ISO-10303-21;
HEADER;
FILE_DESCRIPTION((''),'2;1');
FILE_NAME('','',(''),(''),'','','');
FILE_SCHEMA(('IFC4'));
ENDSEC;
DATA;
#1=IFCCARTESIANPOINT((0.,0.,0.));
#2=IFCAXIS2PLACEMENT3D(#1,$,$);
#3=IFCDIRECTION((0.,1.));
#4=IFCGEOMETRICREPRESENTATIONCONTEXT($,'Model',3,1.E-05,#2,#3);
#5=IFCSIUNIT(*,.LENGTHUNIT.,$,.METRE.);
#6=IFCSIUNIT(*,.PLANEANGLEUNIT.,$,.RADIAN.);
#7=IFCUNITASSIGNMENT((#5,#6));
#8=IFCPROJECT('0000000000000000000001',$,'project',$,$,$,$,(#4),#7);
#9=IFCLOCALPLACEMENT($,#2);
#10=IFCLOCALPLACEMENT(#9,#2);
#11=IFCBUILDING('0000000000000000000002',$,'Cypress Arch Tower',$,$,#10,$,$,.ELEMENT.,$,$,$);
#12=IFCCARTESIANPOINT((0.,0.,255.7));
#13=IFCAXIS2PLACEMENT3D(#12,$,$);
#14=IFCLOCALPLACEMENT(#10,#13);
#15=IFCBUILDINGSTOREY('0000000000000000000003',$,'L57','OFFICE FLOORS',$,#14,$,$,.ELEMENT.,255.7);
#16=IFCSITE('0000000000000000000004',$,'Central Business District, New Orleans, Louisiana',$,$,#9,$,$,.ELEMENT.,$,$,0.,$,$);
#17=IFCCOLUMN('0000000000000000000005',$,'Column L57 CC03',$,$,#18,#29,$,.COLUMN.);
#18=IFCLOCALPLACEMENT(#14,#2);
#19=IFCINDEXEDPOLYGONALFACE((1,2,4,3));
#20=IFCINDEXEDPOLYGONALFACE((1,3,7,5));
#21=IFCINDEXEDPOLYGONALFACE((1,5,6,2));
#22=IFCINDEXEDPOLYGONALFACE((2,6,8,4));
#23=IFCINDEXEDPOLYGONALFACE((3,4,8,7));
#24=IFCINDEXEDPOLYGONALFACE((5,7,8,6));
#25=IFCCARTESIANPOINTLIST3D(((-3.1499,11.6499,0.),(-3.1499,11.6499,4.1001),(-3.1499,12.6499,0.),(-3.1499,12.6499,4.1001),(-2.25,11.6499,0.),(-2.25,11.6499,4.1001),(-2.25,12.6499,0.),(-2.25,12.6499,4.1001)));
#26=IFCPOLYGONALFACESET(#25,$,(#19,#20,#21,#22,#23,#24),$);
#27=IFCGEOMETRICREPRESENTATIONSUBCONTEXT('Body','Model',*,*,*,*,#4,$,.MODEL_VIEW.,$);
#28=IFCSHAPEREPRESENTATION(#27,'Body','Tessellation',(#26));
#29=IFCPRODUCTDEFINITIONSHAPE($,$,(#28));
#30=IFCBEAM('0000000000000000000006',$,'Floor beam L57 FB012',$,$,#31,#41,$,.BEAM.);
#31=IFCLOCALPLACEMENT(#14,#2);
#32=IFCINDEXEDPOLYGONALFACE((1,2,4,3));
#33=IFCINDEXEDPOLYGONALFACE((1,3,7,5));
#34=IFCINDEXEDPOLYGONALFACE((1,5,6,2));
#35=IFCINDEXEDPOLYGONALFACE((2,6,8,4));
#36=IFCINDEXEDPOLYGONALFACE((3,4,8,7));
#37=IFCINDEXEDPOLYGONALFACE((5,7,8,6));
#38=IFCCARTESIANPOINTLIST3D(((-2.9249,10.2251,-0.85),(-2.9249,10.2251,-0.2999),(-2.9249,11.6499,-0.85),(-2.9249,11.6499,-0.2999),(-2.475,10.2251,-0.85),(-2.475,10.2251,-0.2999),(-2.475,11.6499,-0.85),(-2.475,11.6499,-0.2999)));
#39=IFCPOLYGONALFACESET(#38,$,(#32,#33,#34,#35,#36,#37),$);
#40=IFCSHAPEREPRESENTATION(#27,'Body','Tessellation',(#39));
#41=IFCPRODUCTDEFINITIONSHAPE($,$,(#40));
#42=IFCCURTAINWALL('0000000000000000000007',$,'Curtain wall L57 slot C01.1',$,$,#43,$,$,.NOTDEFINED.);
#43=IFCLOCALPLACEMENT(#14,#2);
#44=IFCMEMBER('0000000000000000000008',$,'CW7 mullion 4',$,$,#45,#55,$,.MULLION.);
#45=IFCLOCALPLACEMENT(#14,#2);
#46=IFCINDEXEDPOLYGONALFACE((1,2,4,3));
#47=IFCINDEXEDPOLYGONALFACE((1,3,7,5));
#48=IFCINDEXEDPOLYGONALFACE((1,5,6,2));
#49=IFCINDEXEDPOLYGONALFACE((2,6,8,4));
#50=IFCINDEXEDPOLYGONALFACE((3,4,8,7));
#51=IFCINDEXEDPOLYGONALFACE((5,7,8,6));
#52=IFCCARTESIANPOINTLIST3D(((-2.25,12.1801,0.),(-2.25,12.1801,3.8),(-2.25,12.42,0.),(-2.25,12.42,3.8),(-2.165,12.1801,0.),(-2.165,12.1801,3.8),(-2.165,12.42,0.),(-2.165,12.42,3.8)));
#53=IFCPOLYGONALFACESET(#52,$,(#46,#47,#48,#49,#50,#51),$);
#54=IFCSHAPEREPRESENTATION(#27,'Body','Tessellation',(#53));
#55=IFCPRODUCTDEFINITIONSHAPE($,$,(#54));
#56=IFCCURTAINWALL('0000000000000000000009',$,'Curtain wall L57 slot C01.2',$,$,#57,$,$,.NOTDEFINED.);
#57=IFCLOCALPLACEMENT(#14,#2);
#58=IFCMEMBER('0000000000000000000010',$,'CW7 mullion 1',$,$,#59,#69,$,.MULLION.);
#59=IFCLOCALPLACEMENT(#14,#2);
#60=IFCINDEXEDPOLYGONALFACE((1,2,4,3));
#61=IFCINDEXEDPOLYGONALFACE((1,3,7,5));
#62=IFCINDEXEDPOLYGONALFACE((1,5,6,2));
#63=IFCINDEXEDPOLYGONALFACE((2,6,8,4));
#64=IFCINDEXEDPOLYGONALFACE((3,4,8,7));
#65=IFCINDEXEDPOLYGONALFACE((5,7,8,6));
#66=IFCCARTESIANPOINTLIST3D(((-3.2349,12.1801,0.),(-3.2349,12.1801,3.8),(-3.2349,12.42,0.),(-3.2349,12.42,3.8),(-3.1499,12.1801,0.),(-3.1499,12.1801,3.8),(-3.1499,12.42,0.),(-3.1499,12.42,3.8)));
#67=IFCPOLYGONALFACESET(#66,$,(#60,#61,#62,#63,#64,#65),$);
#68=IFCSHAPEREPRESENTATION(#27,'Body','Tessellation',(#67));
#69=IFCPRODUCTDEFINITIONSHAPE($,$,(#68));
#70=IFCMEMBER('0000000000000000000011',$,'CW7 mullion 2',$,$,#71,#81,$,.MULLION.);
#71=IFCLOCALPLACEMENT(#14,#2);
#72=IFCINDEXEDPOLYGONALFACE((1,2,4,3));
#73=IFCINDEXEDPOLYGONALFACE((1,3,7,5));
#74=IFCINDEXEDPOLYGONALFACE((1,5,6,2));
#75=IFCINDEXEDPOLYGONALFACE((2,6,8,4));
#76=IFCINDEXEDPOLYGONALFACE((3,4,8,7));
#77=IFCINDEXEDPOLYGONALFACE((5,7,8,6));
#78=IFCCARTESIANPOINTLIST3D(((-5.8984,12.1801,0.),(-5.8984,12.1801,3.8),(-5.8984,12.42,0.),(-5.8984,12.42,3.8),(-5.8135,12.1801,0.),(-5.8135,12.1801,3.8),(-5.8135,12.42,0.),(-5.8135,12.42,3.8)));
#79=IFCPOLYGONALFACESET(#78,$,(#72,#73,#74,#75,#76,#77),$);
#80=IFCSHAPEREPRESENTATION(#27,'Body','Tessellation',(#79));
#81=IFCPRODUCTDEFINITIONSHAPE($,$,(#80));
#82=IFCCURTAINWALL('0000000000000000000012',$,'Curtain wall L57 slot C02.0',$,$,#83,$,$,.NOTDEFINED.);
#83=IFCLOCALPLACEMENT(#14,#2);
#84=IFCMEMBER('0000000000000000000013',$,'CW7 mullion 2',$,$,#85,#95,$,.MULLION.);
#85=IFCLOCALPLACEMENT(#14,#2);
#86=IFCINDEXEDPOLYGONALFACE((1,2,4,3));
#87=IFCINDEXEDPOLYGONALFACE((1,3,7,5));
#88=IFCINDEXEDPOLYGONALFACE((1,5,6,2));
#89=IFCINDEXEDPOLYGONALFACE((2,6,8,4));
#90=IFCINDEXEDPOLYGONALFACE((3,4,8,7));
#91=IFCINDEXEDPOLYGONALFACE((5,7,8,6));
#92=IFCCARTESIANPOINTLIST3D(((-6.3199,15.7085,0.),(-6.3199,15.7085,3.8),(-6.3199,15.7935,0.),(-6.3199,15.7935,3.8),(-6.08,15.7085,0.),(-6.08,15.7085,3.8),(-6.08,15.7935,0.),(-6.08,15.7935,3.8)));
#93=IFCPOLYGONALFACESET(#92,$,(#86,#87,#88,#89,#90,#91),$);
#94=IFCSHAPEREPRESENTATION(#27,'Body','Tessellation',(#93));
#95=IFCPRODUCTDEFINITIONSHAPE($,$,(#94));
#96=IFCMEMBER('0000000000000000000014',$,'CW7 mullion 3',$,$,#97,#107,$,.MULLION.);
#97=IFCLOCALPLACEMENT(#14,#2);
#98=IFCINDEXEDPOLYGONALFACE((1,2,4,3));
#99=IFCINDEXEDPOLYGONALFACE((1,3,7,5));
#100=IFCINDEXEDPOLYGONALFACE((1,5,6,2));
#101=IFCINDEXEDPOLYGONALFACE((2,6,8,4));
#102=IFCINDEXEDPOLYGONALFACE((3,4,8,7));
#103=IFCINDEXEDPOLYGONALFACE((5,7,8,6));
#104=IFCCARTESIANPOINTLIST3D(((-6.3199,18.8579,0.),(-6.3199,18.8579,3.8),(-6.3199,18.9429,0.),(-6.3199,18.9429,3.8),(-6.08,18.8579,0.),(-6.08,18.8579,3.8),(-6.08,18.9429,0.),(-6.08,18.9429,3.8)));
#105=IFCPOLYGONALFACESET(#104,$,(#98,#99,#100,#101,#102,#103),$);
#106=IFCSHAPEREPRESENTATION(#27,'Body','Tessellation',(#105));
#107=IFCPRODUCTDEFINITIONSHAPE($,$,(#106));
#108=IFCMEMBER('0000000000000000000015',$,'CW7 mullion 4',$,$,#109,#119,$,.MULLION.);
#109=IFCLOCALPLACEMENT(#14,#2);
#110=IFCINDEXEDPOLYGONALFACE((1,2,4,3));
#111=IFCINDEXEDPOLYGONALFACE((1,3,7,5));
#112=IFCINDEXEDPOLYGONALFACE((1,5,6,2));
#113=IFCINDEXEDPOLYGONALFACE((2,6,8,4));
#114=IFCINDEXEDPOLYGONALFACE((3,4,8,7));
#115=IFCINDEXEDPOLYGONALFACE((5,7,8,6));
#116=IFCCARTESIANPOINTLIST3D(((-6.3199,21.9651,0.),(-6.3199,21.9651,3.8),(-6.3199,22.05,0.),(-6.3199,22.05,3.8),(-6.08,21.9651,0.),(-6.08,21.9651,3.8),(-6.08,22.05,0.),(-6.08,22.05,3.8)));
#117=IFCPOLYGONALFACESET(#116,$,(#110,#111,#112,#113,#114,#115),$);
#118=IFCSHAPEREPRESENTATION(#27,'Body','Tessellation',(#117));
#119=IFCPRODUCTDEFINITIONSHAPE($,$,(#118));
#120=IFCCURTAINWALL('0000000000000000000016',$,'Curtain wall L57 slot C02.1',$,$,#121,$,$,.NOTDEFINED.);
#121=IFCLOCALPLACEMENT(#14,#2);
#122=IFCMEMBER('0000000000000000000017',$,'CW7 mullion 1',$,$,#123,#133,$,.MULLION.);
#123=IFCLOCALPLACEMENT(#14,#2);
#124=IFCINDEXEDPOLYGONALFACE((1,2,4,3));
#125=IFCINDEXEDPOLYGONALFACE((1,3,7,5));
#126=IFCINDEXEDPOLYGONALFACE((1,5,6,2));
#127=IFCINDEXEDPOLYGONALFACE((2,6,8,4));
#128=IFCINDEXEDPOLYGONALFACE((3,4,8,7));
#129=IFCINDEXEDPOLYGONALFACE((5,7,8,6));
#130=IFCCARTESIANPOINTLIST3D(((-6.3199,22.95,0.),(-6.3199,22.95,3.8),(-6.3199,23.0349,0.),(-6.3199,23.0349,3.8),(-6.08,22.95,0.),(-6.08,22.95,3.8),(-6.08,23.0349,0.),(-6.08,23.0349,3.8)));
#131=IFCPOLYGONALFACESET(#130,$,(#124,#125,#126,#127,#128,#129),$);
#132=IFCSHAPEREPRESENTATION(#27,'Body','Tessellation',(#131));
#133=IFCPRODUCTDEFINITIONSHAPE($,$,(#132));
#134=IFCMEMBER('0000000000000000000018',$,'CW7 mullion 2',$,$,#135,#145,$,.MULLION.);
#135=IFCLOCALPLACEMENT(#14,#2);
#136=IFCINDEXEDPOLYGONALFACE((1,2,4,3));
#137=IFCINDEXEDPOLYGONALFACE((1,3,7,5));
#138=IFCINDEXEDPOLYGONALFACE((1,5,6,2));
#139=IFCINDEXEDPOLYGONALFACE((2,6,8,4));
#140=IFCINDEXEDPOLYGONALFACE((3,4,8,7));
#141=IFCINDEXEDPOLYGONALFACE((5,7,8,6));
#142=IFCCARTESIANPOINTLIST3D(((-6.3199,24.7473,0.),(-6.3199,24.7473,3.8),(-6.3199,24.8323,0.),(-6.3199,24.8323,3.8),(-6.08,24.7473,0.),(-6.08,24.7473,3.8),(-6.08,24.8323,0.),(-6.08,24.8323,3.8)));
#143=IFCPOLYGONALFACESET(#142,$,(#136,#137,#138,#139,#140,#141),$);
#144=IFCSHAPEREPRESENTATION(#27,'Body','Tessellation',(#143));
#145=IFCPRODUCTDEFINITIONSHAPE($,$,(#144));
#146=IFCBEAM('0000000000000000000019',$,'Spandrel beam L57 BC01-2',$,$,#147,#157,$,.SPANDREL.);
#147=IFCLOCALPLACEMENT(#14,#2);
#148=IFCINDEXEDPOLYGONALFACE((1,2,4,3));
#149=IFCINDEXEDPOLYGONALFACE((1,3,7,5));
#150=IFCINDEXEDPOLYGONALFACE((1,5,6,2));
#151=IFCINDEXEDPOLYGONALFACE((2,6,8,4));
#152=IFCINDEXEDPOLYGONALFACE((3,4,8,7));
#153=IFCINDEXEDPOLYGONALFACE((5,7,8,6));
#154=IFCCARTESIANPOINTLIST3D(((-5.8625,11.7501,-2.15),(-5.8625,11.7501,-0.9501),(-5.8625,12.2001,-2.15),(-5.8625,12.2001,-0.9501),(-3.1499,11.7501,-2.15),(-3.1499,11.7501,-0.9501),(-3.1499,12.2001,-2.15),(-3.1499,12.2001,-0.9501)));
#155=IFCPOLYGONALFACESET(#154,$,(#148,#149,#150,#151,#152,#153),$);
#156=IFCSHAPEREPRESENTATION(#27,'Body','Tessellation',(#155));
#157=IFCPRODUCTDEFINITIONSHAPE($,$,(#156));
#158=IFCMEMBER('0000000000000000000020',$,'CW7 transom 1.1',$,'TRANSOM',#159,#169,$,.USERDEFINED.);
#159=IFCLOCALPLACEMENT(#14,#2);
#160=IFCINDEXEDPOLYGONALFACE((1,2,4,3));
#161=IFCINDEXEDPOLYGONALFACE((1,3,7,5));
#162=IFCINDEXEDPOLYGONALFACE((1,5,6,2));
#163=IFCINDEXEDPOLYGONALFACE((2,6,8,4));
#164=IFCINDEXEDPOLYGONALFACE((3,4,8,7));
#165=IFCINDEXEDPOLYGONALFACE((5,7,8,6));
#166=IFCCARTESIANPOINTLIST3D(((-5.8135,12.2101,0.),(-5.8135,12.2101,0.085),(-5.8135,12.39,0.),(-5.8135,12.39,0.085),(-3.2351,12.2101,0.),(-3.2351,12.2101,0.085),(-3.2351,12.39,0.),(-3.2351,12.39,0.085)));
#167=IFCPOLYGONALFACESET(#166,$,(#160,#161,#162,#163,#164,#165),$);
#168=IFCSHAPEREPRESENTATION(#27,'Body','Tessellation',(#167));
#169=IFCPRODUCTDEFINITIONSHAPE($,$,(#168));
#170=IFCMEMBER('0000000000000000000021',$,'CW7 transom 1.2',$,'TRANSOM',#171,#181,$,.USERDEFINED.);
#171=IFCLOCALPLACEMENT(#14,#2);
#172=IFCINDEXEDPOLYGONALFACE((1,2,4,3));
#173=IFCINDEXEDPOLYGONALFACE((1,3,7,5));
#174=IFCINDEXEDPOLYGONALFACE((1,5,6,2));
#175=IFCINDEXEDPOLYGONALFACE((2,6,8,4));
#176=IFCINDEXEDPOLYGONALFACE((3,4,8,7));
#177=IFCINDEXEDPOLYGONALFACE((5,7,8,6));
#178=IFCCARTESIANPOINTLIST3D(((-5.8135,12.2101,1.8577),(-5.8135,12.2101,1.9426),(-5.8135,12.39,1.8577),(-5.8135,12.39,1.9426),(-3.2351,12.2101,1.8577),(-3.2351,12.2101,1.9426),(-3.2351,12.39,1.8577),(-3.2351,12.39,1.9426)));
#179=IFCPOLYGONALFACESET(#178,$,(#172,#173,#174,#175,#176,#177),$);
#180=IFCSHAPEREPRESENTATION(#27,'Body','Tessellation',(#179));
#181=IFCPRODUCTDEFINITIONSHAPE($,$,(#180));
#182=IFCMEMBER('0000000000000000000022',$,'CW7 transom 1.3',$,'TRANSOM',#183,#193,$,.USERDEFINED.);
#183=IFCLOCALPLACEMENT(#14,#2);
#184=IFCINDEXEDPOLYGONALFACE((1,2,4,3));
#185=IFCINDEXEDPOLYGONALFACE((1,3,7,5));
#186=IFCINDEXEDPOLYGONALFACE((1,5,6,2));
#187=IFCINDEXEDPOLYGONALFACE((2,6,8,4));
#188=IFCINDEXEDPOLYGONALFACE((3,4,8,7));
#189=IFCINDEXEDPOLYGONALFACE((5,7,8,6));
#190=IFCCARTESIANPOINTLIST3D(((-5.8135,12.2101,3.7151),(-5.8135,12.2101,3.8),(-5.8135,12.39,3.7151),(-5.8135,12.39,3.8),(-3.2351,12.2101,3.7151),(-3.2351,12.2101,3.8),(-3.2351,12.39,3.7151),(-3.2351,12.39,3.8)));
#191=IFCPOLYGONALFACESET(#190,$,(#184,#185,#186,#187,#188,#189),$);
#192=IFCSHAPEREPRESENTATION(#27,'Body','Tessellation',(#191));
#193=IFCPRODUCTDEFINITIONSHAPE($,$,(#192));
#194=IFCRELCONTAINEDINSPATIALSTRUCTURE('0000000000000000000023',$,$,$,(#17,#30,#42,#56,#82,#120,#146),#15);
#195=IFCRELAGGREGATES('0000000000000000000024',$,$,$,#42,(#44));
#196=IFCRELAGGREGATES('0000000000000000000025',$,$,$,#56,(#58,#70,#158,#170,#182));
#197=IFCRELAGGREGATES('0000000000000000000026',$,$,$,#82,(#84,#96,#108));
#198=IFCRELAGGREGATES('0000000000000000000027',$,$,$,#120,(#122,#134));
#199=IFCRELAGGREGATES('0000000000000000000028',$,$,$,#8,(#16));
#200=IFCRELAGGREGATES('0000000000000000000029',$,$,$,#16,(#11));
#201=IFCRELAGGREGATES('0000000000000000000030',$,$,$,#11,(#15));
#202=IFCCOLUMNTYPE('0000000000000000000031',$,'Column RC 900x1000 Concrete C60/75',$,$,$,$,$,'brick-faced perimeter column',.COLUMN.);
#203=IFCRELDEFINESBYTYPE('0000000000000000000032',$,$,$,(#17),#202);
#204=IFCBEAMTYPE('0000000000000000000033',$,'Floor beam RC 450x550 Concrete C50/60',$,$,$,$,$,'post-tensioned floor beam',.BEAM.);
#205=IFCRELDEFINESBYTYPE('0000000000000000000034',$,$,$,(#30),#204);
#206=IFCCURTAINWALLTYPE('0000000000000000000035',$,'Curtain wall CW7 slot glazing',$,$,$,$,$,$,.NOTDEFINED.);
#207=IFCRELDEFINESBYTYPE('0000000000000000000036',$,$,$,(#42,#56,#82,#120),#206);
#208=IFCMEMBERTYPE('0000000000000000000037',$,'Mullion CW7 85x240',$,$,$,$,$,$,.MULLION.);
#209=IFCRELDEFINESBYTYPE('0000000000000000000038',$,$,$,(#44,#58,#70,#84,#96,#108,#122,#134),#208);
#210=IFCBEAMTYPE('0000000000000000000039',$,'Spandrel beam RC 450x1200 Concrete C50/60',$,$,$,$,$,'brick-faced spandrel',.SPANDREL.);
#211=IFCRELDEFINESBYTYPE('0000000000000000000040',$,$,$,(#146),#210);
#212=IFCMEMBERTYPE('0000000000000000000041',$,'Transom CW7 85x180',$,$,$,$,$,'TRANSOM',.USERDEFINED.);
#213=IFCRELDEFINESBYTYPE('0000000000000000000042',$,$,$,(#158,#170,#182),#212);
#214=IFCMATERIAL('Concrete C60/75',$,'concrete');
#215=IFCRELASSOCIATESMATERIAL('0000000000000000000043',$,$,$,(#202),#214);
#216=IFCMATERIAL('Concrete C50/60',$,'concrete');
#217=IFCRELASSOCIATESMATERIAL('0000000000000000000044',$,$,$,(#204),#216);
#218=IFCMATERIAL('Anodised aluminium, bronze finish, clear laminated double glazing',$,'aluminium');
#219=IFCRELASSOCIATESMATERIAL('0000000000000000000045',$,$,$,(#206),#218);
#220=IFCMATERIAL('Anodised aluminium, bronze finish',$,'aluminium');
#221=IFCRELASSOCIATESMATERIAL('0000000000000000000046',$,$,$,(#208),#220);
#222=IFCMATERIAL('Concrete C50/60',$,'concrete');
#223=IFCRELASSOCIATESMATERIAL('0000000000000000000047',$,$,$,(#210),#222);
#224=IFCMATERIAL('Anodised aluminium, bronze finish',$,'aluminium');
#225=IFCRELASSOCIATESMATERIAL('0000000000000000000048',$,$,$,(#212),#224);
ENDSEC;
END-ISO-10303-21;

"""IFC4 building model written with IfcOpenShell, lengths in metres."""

from ifc_helpers import new_model, si_unit, direction, frame, origin, origin_2d, place, context, subcontext, project, spatial, rectangle, extrude, material, material_profile, profile_set, type_object, element, aggregate, save


model = new_model("IFC4")

# Units and contexts
model_context = context("Model", 3, precision=1e-05, world=origin(), true_north=direction((0.0, 1.0)))
body_context = subcontext(model_context, "Body", "Model", "MODEL_VIEW")
ifc_project = project(units=[si_unit("LENGTHUNIT", "METRE"), si_unit("PLANEANGLEUNIT", "RADIAN")], contexts=[model_context])

# Site, building, storey
site_placement = place(None, origin())
site = spatial("IfcSite", under=ifc_project, at=site_placement, Name="Central Business District, New Orleans, Louisiana", CompositionType="ELEMENT", RefElevation=0.0)
building_placement = place(site_placement, origin())
building = spatial("IfcBuilding", under=site, at=building_placement, Name="Cypress Arch Tower", CompositionType="ELEMENT")
storey_placement = place(building_placement, frame((0.0, 0.0, 255.7)))
storey = spatial("IfcBuildingStorey", under=building, at=storey_placement, Name="L57", Description="OFFICE FLOORS", CompositionType="ELEMENT", Elevation=255.7)

# Column
ifc_material_1 = material(Name="Concrete C60/75", Category="concrete")
ifc_material_profile_1 = material_profile(ifc_material_1, rectangle(XDim=0.8999, YDim=1.0, at=origin_2d()), Name="RC 900x1000")
ifc_profile_set_1 = profile_set([ifc_material_profile_1], Name="Concrete C60/75")
column_type = type_object("IfcColumnType", Name="Column RC 900x1000 Concrete C60/75", ElementType="brick-faced perimeter column", PredefinedType="COLUMN", material=ifc_profile_set_1)
column_placement = place(storey_placement, frame((-2.7, 12.1499, 0.0), z_axis=(0.0, 0.0, 1.0), x_axis=(-1.0, 0.0, 0.0)))
element("IfcColumn", 1, at=column_placement, inside=storey, type_object=column_type, Name="Column L57 CC03", PredefinedType="COLUMN", context=body_context, shape_type="SweptSolid", body=[
    extrude(rectangle(XDim=0.8999, YDim=1.0, at=origin_2d()), origin(), (0.0, 0.0, 1.0), 4.1001),
])

# Beam
ifc_material_2 = material(Name="Concrete C50/60", Category="concrete")
ifc_material_profile_2 = material_profile(ifc_material_2, rectangle(XDim=0.45, YDim=0.55, at=origin_2d()), Name="RC 450x550")
ifc_profile_set_2 = profile_set([ifc_material_profile_2], Name="Concrete C50/60")
beam_type_1 = type_object("IfcBeamType", Name="Floor beam RC 450x550 Concrete C50/60", ElementType="post-tensioned floor beam", PredefinedType="BEAM", material=ifc_profile_set_2)
beam_1_placement = place(storey_placement, frame((-2.7, 10.2251, -0.575), z_axis=(0.0, 1.0, 0.0), x_axis=(-1.0, 0.0, 0.0)))
element("IfcBeam", 2, at=beam_1_placement, inside=storey, type_object=beam_type_1, Name="Floor beam L57 FB012", PredefinedType="BEAM", context=body_context, shape_type="SweptSolid", body=[
    extrude(rectangle(XDim=0.45, YDim=0.55, at=origin_2d()), origin(), (0.0, 0.0, 1.0), 1.4248),
])

# Curtain wall, member
ifc_material_3 = material(Name="Anodised aluminium, bronze finish, clear laminated double glazing", Category="aluminium")
curtain_wall_type = type_object("IfcCurtainWallType", Name="Curtain wall CW7 slot glazing", PredefinedType="NOTDEFINED", material=ifc_material_3)
curtain_wall_1_placement = place(storey_placement, origin())
curtain_wall_1 = element("IfcCurtainWall", 3, at=curtain_wall_1_placement, inside=storey, type_object=curtain_wall_type, Name="Curtain wall L57 slot C01.1", PredefinedType="NOTDEFINED")
ifc_material_4 = material(Name="Anodised aluminium, bronze finish", Category="aluminium")
ifc_material_profile_3 = material_profile(ifc_material_4, rectangle(XDim=0.24, YDim=0.085, at=origin_2d()), Name="Mullion 85x240")
ifc_profile_set_3 = profile_set([ifc_material_profile_3], Name="Anodised aluminium, bronze finish")
member_type_1 = type_object("IfcMemberType", Name="Mullion CW7 85x240", PredefinedType="MULLION", material=ifc_profile_set_3)
member_1_placement = place(storey_placement, frame((-2.2075, 12.3, 0.0), z_axis=(0.0, 0.0, 1.0), x_axis=(0.0, -1.0, 0.0)))
member_1 = element("IfcMember", 4, at=member_1_placement, type_object=member_type_1, Name="CW7 mullion 4", PredefinedType="MULLION", context=body_context, shape_type="SweptSolid", body=[
    extrude(rectangle(XDim=0.24, YDim=0.085, at=origin_2d()), origin(), (0.0, 0.0, 1.0), 3.8),
])

# Curtain walls, members
curtain_wall_2_placement = place(storey_placement, origin())
curtain_wall_2 = element("IfcCurtainWall", 5, at=curtain_wall_2_placement, inside=storey, type_object=curtain_wall_type, Name="Curtain wall L57 slot C01.2", PredefinedType="NOTDEFINED")
member_2_placement = place(storey_placement, frame((-3.1924, 12.3, 0.0), z_axis=(0.0, 0.0, 1.0), x_axis=(0.0, -1.0, 0.0)))
member_2 = element("IfcMember", 6, at=member_2_placement, type_object=member_type_1, Name="CW7 mullion 1", PredefinedType="MULLION", context=body_context, shape_type="SweptSolid", body=[
    extrude(rectangle(XDim=0.24, YDim=0.085, at=origin_2d()), origin(), (0.0, 0.0, 1.0), 3.8),
])
member_3_placement = place(storey_placement, frame((-5.856, 12.3, 0.0), z_axis=(0.0, 0.0, 1.0), x_axis=(0.0, -1.0, 0.0)))
member_3 = element("IfcMember", 7, at=member_3_placement, type_object=member_type_1, Name="CW7 mullion 2", PredefinedType="MULLION", context=body_context, shape_type="SweptSolid", body=[
    extrude(rectangle(XDim=0.24, YDim=0.085, at=origin_2d()), origin(), (0.0, 0.0, 1.0), 3.8),
])
curtain_wall_3_placement = place(storey_placement, origin())
curtain_wall_3 = element("IfcCurtainWall", 8, at=curtain_wall_3_placement, inside=storey, type_object=curtain_wall_type, Name="Curtain wall L57 slot C02.0", PredefinedType="NOTDEFINED")
member_4_placement = place(storey_placement, frame((-6.2, 15.751, 0.0), z_axis=(0.0, 0.0, 1.0), x_axis=(-1.0, 0.0, 0.0)))
member_4 = element("IfcMember", 9, at=member_4_placement, type_object=member_type_1, Name="CW7 mullion 2", PredefinedType="MULLION", context=body_context, shape_type="SweptSolid", body=[
    extrude(rectangle(XDim=0.24, YDim=0.085, at=origin_2d()), origin(), (0.0, 0.0, 1.0), 3.8),
])
member_5_placement = place(storey_placement, frame((-6.2, 18.9004, 0.0), z_axis=(0.0, 0.0, 1.0), x_axis=(-1.0, 0.0, 0.0)))
member_5 = element("IfcMember", 10, at=member_5_placement, type_object=member_type_1, Name="CW7 mullion 3", PredefinedType="MULLION", context=body_context, shape_type="SweptSolid", body=[
    extrude(rectangle(XDim=0.24, YDim=0.085, at=origin_2d()), origin(), (0.0, 0.0, 1.0), 3.8),
])
member_6_placement = place(storey_placement, frame((-6.2, 22.0076, 0.0), z_axis=(0.0, 0.0, 1.0), x_axis=(-1.0, 0.0, 0.0)))
member_6 = element("IfcMember", 11, at=member_6_placement, type_object=member_type_1, Name="CW7 mullion 4", PredefinedType="MULLION", context=body_context, shape_type="SweptSolid", body=[
    extrude(rectangle(XDim=0.24, YDim=0.085, at=origin_2d()), origin(), (0.0, 0.0, 1.0), 3.8),
])
curtain_wall_4_placement = place(storey_placement, origin())
curtain_wall_4 = element("IfcCurtainWall", 12, at=curtain_wall_4_placement, inside=storey, type_object=curtain_wall_type, Name="Curtain wall L57 slot C02.1", PredefinedType="NOTDEFINED")
member_7_placement = place(storey_placement, frame((-6.2, 22.9924, 0.0), z_axis=(0.0, 0.0, 1.0), x_axis=(-1.0, 0.0, 0.0)))
member_7 = element("IfcMember", 13, at=member_7_placement, type_object=member_type_1, Name="CW7 mullion 1", PredefinedType="MULLION", context=body_context, shape_type="SweptSolid", body=[
    extrude(rectangle(XDim=0.24, YDim=0.085, at=origin_2d()), origin(), (0.0, 0.0, 1.0), 3.8),
])
member_8_placement = place(storey_placement, frame((-6.2, 24.7898, 0.0), z_axis=(0.0, 0.0, 1.0), x_axis=(-1.0, 0.0, 0.0)))
member_8 = element("IfcMember", 14, at=member_8_placement, type_object=member_type_1, Name="CW7 mullion 2", PredefinedType="MULLION", context=body_context, shape_type="SweptSolid", body=[
    extrude(rectangle(XDim=0.24, YDim=0.085, at=origin_2d()), origin(), (0.0, 0.0, 1.0), 3.8),
])

# Beam
ifc_material_5 = material(Name="Concrete C50/60", Category="concrete")
ifc_material_profile_4 = material_profile(ifc_material_5, rectangle(XDim=0.45, YDim=1.2, at=origin_2d()), Name="RC 450x1200")
ifc_profile_set_4 = profile_set([ifc_material_profile_4], Name="Concrete C50/60")
beam_type_2 = type_object("IfcBeamType", Name="Spandrel beam RC 450x1200 Concrete C50/60", ElementType="brick-faced spandrel", PredefinedType="SPANDREL", material=ifc_profile_set_4)
beam_2_placement = place(storey_placement, frame((-3.1499, 11.9751, -1.55), z_axis=(-1.0, 0.0, 0.0), x_axis=(0.0, -1.0, 0.0)))
element("IfcBeam", 15, at=beam_2_placement, inside=storey, type_object=beam_type_2, Name="Spandrel beam L57 BC01-2", PredefinedType="SPANDREL", context=body_context, shape_type="SweptSolid", body=[
    extrude(rectangle(XDim=0.45, YDim=1.2, at=origin_2d()), origin(), (0.0, 0.0, 1.0), 2.7126),
])

# Members
ifc_material_6 = material(Name="Anodised aluminium, bronze finish", Category="aluminium")
ifc_material_profile_5 = material_profile(ifc_material_6, rectangle(XDim=0.1799, YDim=0.085, at=origin_2d()), Name="Transom 85x180")
ifc_profile_set_5 = profile_set([ifc_material_profile_5], Name="Anodised aluminium, bronze finish")
member_type_2 = type_object("IfcMemberType", Name="Transom CW7 85x180", ElementType="TRANSOM", PredefinedType="USERDEFINED", material=ifc_profile_set_5)
member_9_placement = place(storey_placement, frame((-3.2351, 12.3, 0.0425), z_axis=(-1.0, 0.0, 0.0), x_axis=(0.0, -1.0, 0.0)))
member_9 = element("IfcMember", 16, at=member_9_placement, type_object=member_type_2, Name="CW7 transom 1.1", ObjectType="TRANSOM", PredefinedType="USERDEFINED", context=body_context, shape_type="SweptSolid", body=[
    extrude(rectangle(XDim=0.1799, YDim=0.085, at=origin_2d()), origin(), (0.0, 0.0, 1.0), 2.5784),
])
member_10_placement = place(storey_placement, frame((-3.2351, 12.3, 1.9001), z_axis=(-1.0, 0.0, 0.0), x_axis=(0.0, -1.0, 0.0)))
member_10 = element("IfcMember", 17, at=member_10_placement, type_object=member_type_2, Name="CW7 transom 1.2", ObjectType="TRANSOM", PredefinedType="USERDEFINED", context=body_context, shape_type="SweptSolid", body=[
    extrude(rectangle(XDim=0.1799, YDim=0.085, at=origin_2d()), origin(), (0.0, 0.0, 1.0), 2.5784),
])
member_11_placement = place(storey_placement, frame((-3.2351, 12.3, 3.7576), z_axis=(-1.0, 0.0, 0.0), x_axis=(0.0, -1.0, 0.0)))
member_11 = element("IfcMember", 18, at=member_11_placement, type_object=member_type_2, Name="CW7 transom 1.3", ObjectType="TRANSOM", PredefinedType="USERDEFINED", context=body_context, shape_type="SweptSolid", body=[
    extrude(rectangle(XDim=0.1799, YDim=0.085, at=origin_2d()), origin(), (0.0, 0.0, 1.0), 2.5784),
])

aggregate(curtain_wall_1, [member_1])
aggregate(curtain_wall_2, [member_2, member_3, member_9, member_10, member_11])
aggregate(curtain_wall_3, [member_4, member_5, member_6])
aggregate(curtain_wall_4, [member_7, member_8])

save(model, "model.ifc")
